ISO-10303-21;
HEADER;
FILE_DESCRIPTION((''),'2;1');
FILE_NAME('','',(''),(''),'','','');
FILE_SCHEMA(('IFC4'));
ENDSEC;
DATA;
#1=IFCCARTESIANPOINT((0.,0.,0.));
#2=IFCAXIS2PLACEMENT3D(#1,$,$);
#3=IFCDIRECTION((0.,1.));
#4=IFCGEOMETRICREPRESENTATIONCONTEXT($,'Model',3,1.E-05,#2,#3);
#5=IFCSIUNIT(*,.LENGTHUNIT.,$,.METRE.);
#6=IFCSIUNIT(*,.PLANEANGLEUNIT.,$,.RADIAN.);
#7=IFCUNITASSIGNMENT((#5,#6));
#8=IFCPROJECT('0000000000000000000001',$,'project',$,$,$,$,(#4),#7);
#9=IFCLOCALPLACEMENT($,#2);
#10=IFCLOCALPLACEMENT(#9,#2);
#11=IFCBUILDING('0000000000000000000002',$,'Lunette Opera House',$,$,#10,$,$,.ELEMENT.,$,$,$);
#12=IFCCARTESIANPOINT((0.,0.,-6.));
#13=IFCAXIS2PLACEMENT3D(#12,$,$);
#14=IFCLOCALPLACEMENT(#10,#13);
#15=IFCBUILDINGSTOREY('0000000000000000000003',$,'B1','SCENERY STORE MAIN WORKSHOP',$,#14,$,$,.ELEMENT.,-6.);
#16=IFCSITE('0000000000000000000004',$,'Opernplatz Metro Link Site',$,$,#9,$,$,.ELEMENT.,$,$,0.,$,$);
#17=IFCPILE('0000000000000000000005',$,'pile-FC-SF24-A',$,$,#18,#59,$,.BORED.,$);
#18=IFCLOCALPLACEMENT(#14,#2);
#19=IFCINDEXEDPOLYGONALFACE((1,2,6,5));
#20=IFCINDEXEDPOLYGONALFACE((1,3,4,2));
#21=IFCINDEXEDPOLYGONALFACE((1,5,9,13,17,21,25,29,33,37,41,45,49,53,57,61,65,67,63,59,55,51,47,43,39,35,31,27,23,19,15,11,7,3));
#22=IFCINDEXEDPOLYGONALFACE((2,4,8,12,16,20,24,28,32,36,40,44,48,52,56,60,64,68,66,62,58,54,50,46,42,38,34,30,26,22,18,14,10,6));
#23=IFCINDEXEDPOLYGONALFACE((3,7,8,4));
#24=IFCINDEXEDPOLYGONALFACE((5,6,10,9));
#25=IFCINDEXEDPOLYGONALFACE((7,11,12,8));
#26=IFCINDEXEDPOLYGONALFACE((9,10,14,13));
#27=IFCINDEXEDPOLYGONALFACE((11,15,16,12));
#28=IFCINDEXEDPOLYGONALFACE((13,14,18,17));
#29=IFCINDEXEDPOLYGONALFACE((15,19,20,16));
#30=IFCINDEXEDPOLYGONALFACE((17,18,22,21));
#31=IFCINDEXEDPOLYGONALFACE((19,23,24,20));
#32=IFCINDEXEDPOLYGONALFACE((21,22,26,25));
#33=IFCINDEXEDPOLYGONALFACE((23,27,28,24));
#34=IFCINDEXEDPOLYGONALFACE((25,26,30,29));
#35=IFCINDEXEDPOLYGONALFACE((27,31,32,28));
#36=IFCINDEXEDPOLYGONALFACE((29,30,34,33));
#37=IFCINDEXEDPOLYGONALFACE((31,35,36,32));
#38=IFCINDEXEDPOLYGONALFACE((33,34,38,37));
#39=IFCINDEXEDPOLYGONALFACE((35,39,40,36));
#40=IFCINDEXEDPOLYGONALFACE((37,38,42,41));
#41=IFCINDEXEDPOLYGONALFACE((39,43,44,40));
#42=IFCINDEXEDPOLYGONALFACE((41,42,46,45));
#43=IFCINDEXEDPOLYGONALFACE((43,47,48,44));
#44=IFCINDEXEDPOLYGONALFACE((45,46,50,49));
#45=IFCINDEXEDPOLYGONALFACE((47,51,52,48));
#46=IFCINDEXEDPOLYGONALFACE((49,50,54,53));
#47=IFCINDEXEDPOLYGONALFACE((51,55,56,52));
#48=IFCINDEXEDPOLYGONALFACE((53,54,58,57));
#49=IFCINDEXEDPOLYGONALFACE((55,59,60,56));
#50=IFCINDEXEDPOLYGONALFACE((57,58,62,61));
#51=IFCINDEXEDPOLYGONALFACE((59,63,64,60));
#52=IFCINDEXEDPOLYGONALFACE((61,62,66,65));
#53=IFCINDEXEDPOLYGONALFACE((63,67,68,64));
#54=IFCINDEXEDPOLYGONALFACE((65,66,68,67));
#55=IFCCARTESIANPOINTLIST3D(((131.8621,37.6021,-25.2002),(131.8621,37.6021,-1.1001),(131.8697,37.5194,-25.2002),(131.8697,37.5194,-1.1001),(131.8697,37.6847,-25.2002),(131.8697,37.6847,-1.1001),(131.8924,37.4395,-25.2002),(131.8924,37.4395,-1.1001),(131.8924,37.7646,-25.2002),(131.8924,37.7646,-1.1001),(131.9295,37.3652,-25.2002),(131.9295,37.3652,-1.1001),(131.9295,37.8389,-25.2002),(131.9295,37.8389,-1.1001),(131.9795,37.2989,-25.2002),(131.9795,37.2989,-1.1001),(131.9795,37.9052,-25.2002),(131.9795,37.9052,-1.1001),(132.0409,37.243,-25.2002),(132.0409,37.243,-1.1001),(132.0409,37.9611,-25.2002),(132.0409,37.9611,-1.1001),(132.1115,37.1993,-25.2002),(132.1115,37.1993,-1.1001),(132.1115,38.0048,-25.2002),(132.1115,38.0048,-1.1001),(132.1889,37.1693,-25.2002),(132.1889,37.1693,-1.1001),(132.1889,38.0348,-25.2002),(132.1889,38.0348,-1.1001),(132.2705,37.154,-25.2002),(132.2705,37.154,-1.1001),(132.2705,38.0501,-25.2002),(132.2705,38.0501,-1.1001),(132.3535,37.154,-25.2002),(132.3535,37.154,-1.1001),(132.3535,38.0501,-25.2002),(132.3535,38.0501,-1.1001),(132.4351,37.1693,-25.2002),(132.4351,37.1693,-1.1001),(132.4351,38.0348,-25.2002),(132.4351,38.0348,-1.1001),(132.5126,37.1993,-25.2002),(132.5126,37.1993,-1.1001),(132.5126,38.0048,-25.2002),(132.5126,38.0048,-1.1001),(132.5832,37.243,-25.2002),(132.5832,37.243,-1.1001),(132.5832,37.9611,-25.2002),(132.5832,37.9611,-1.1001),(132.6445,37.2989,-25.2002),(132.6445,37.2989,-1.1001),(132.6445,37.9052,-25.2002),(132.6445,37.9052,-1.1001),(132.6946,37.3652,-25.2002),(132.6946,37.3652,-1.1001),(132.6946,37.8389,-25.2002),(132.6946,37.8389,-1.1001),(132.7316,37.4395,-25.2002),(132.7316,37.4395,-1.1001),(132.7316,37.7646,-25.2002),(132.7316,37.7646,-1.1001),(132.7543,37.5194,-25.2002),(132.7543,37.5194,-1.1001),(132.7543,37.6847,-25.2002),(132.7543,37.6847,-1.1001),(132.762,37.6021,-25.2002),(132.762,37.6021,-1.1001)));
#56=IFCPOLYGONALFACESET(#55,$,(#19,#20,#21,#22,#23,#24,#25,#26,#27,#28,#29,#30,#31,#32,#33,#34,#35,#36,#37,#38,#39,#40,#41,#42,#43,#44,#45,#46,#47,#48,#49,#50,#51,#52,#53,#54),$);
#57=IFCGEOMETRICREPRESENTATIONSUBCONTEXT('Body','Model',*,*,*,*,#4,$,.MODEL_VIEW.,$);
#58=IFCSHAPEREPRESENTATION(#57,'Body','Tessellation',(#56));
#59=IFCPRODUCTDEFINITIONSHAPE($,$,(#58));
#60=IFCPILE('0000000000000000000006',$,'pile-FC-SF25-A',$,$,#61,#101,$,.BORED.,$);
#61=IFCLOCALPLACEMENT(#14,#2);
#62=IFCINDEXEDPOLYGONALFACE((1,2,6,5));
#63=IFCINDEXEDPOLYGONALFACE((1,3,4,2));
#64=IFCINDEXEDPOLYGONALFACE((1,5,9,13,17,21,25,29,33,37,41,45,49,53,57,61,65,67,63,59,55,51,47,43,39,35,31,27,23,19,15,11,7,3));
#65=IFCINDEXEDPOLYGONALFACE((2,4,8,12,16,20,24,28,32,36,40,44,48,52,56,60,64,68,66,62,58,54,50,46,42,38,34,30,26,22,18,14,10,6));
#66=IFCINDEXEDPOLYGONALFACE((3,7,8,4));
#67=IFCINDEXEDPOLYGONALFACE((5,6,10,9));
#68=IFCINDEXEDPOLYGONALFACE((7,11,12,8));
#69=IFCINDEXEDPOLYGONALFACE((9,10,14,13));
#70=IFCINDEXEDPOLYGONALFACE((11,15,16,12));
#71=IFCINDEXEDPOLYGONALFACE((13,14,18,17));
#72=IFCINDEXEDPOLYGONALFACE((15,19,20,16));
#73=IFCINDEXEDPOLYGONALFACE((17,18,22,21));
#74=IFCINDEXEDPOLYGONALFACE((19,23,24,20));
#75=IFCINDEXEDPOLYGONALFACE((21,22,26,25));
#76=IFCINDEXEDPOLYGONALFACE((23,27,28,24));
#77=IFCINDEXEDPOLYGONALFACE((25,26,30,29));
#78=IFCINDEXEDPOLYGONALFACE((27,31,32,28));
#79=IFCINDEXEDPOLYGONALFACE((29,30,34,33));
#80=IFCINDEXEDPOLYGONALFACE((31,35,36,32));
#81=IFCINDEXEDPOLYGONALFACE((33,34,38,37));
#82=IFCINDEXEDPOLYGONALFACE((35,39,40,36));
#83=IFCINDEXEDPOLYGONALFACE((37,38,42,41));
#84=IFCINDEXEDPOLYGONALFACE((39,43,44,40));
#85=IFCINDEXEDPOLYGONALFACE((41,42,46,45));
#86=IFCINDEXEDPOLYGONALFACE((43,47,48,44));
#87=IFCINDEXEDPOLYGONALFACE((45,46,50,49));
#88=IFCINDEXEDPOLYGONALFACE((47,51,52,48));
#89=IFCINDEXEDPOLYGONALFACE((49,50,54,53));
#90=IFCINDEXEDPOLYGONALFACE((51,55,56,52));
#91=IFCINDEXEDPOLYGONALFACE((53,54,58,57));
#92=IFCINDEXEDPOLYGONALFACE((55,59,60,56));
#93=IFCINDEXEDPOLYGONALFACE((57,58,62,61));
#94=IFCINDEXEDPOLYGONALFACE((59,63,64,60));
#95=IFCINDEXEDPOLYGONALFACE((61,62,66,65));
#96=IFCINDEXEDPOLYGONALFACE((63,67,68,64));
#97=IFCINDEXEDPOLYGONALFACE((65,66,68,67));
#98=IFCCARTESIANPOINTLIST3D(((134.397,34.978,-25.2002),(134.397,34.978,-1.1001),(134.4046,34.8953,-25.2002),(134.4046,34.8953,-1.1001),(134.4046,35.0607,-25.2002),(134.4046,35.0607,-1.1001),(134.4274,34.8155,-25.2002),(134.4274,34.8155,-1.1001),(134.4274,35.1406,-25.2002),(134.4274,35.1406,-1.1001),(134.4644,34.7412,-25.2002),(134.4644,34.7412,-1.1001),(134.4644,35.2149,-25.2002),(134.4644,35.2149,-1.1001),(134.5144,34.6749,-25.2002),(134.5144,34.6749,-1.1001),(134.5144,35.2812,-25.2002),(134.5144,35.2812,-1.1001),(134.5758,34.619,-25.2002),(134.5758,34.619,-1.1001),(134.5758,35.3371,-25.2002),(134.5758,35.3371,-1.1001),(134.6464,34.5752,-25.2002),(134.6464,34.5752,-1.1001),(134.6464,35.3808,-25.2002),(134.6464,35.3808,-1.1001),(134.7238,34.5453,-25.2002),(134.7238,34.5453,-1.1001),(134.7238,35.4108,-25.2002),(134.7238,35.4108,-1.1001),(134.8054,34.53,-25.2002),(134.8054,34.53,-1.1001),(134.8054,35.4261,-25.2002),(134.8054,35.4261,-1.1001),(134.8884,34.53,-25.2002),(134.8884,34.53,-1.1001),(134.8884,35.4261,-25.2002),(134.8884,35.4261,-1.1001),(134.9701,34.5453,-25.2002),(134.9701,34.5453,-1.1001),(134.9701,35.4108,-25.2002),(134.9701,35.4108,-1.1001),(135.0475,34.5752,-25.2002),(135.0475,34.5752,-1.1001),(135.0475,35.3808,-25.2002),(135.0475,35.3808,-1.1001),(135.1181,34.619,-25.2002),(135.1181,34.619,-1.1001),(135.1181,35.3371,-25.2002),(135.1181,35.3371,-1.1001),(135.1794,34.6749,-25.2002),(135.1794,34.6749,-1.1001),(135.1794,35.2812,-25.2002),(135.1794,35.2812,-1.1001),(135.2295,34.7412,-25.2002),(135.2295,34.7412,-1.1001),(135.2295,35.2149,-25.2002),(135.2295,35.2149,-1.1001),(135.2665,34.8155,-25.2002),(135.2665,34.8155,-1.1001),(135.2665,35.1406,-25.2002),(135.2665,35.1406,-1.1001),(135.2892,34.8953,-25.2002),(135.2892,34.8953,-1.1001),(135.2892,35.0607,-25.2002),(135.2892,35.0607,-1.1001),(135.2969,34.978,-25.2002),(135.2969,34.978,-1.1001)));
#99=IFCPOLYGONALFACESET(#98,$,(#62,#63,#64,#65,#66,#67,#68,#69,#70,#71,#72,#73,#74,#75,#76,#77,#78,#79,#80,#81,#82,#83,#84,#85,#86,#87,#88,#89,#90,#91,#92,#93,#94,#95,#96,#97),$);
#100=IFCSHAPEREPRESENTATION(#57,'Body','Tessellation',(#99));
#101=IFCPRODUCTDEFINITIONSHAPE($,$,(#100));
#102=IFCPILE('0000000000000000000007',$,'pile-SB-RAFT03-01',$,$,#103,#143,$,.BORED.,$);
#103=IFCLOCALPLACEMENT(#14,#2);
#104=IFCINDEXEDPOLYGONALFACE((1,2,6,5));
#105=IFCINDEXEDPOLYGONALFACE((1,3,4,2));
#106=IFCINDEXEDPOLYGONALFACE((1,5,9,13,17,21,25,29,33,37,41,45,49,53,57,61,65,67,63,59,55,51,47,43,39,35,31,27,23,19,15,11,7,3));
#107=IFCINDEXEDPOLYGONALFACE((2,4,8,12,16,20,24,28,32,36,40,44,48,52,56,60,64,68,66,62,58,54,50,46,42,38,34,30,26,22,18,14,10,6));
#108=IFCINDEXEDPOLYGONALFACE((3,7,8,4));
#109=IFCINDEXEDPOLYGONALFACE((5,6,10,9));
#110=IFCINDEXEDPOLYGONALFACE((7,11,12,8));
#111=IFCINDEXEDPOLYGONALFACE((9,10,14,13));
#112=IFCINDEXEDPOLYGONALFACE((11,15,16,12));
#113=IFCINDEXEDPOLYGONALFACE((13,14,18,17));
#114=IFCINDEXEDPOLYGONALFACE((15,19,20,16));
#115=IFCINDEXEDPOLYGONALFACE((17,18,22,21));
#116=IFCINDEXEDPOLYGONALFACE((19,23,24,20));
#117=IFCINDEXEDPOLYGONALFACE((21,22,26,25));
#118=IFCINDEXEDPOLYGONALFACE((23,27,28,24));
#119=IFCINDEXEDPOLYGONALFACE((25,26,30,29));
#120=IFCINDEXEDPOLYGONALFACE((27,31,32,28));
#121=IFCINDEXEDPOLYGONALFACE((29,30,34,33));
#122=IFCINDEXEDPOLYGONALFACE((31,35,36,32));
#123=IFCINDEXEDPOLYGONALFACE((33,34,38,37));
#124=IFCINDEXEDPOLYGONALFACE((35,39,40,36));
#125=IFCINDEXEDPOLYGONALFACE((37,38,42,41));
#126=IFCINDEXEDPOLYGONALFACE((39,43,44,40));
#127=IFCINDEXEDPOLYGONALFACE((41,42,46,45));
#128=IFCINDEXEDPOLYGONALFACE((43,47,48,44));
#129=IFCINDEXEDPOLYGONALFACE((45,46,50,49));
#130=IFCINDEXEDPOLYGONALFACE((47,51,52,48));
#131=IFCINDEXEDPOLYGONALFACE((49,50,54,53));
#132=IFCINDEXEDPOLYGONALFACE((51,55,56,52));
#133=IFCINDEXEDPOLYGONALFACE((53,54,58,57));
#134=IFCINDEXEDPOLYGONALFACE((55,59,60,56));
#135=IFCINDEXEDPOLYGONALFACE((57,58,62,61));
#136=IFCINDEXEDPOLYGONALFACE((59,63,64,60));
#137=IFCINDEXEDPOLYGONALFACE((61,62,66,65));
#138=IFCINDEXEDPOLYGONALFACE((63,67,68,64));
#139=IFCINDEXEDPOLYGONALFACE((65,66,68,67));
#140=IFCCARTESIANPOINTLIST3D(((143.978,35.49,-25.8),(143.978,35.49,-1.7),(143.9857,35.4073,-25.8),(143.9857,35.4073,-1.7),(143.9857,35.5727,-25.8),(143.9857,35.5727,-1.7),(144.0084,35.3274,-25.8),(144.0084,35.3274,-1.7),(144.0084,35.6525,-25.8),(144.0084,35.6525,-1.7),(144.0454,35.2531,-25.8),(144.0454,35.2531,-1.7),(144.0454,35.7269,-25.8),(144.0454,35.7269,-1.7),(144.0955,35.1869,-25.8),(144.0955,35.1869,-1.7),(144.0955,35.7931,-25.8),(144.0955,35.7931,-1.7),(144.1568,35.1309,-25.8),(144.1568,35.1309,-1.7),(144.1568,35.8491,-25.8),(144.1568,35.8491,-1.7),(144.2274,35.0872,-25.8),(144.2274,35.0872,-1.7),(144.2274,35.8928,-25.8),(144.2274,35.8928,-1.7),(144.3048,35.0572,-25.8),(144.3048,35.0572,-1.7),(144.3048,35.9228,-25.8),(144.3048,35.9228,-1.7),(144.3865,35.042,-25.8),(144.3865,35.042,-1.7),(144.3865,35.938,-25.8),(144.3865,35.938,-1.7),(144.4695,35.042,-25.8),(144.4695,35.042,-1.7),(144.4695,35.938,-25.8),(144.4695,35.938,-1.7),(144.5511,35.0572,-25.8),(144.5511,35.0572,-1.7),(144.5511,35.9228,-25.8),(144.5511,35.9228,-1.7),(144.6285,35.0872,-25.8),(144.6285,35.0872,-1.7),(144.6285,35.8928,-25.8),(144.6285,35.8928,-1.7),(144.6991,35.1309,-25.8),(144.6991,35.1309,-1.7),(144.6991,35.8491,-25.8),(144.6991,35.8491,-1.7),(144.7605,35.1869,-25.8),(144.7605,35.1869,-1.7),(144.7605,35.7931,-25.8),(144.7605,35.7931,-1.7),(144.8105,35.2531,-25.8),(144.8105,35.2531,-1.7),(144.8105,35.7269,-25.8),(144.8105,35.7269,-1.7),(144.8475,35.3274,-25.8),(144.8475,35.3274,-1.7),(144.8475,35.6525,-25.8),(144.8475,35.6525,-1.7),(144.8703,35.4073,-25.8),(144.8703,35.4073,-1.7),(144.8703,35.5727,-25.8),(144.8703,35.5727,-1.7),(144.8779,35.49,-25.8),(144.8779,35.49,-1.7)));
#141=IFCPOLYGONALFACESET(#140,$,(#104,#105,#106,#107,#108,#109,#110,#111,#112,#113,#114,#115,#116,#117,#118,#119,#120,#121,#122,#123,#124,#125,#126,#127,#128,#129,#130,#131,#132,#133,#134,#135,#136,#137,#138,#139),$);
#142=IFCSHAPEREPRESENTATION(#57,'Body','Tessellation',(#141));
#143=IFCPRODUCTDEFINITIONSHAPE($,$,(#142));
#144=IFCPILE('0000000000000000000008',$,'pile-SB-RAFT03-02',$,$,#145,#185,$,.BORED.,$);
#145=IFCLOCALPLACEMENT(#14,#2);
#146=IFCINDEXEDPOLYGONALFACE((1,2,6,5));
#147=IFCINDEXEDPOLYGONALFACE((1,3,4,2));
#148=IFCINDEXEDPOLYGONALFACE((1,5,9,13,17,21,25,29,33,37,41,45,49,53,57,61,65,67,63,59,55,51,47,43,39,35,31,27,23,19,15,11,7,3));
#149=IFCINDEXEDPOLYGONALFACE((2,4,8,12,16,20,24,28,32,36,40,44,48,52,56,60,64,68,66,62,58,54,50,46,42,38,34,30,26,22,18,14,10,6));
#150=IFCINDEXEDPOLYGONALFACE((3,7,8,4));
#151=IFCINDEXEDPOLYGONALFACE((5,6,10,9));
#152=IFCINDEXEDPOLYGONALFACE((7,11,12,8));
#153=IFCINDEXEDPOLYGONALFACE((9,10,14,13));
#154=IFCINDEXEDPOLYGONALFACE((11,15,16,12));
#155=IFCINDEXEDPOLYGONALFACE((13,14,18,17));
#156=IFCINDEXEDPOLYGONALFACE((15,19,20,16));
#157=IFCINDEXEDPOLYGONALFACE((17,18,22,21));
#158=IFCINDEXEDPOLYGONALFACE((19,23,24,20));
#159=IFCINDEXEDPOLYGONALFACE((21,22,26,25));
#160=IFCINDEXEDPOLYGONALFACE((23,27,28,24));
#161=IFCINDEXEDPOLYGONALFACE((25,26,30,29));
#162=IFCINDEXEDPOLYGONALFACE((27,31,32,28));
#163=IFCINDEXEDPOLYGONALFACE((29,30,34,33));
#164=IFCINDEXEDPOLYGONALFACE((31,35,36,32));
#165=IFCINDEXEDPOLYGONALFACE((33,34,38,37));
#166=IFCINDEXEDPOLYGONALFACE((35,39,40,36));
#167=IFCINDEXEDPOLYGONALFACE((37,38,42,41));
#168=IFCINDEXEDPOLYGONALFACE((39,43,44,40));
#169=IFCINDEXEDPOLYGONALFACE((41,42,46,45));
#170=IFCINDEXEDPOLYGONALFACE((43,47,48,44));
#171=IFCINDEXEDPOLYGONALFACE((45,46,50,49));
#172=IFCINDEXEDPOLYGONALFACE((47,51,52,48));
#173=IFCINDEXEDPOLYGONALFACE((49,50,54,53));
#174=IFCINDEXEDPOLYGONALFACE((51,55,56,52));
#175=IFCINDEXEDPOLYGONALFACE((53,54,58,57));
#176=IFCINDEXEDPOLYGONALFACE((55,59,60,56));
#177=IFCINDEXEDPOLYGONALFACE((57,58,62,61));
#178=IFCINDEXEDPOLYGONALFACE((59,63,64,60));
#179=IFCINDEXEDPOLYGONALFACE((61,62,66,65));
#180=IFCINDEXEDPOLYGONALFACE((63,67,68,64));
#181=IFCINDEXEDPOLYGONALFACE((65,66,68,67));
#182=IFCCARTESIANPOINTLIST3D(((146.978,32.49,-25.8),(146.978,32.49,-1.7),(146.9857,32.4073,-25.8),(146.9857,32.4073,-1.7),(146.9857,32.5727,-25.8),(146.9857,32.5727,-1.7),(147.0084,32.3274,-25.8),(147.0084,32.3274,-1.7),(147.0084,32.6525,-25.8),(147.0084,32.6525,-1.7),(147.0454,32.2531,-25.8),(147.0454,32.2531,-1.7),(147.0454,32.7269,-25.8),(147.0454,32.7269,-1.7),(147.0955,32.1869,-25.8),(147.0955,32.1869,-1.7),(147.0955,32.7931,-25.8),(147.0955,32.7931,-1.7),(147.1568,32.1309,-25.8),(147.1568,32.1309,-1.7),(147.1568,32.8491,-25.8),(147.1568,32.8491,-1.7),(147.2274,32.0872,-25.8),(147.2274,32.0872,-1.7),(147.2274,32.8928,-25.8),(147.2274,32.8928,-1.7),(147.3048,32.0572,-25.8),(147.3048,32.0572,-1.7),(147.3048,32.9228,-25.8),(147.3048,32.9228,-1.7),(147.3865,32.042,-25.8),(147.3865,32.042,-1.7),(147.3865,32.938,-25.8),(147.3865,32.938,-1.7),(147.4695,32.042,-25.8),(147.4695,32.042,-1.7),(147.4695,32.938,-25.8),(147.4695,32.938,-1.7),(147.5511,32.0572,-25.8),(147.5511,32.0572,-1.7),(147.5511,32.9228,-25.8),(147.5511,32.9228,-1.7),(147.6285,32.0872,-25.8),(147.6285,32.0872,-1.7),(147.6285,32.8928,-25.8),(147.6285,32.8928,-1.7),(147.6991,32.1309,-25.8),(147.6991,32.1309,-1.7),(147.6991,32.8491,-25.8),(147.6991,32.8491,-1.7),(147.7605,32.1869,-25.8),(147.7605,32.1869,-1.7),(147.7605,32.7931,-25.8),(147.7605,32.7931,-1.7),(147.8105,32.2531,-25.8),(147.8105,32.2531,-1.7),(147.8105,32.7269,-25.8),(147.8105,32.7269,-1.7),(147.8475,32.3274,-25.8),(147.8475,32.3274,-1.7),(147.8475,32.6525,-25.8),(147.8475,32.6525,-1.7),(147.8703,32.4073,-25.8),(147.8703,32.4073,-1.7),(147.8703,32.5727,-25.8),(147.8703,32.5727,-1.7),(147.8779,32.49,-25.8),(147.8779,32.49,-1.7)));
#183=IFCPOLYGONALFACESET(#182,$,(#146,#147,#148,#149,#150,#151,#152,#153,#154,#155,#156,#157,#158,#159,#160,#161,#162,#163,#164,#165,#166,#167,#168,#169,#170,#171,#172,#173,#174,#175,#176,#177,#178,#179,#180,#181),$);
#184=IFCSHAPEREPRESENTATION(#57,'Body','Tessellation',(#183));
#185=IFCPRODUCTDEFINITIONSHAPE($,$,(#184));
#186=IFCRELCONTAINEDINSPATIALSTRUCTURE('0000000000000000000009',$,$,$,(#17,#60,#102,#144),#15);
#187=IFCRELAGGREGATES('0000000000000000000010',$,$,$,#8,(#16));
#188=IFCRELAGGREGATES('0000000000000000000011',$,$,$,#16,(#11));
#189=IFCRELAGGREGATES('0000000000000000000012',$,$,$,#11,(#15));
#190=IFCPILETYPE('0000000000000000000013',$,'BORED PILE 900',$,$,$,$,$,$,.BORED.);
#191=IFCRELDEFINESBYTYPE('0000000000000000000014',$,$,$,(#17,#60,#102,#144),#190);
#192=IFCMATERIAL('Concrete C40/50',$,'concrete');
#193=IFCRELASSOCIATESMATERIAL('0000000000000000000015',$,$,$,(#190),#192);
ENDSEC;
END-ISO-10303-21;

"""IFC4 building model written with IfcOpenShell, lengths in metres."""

from ifc_helpers import new_model, si_unit, direction, frame, origin, origin_2d, place, context, subcontext, project, spatial, circle, extrude, material, material_profile, profile_set, type_object, element, save


model = new_model("IFC4")

# Units and contexts
model_context = context("Model", 3, precision=1e-05, world=origin(), true_north=direction((0.0, 1.0)))
body_context = subcontext(model_context, "Body", "Model", "MODEL_VIEW")
ifc_project = project(units=[si_unit("LENGTHUNIT", "METRE"), si_unit("PLANEANGLEUNIT", "RADIAN")], contexts=[model_context])

# Site, building, storey
site_placement = place(None, origin())
site = spatial("IfcSite", under=ifc_project, at=site_placement, Name="Opernplatz Metro Link Site", CompositionType="ELEMENT", RefElevation=0.0)
building_placement = place(site_placement, origin())
building = spatial("IfcBuilding", under=site, at=building_placement, Name="Lunette Opera House", CompositionType="ELEMENT")
storey_placement = place(building_placement, frame((0.0, 0.0, -6.0)))
storey = spatial("IfcBuildingStorey", under=building, at=storey_placement, Name="B1", Description="SCENERY STORE MAIN WORKSHOP", CompositionType="ELEMENT", Elevation=-6.0)

# Piles
ifc_material_1 = material(Name="Concrete C40/50", Category="concrete")
ifc_material_profile_1 = material_profile(ifc_material_1, circle(Radius=0.45, at=origin_2d()), Name="BORED PILE 900")
ifc_profile_set_1 = profile_set([ifc_material_profile_1], Name="Concrete C40/50")
pile_type = type_object("IfcPileType", Name="BORED PILE 900", PredefinedType="BORED", material=ifc_profile_set_1)
for number, where, z_axis, x_axis, name in (
    (1, (132.312, 37.6021, -1.1001), (0.0, 0.0, -1.0), (1.0, 0.0, 0.0), "pile-FC-SF24-A"),
    (2, (134.8469, 34.978, -1.1001), (0.0, 0.0, -1.0), (1.0, 0.0, 0.0), "pile-FC-SF25-A"),
    (3, (144.428, 35.49, -1.7), (0.0, 0.0, -1.0), (1.0, 0.0, 0.0), "pile-SB-RAFT03-01"),
    (4, (147.428, 32.49, -1.7), (0.0, 0.0, -1.0), (1.0, 0.0, 0.0), "pile-SB-RAFT03-02"),
):
    element("IfcPile", number, at=place(storey_placement, frame(where, z_axis=z_axis, x_axis=x_axis)), inside=storey, type_object=pile_type, Name=name, PredefinedType="BORED", context=body_context, shape_type="SweptSolid", body=[
        extrude(circle(Radius=0.45, at=origin_2d()), origin(), (0.0, 0.0, 1.0), 24.1001),
    ])

save(model, "model.ifc")
